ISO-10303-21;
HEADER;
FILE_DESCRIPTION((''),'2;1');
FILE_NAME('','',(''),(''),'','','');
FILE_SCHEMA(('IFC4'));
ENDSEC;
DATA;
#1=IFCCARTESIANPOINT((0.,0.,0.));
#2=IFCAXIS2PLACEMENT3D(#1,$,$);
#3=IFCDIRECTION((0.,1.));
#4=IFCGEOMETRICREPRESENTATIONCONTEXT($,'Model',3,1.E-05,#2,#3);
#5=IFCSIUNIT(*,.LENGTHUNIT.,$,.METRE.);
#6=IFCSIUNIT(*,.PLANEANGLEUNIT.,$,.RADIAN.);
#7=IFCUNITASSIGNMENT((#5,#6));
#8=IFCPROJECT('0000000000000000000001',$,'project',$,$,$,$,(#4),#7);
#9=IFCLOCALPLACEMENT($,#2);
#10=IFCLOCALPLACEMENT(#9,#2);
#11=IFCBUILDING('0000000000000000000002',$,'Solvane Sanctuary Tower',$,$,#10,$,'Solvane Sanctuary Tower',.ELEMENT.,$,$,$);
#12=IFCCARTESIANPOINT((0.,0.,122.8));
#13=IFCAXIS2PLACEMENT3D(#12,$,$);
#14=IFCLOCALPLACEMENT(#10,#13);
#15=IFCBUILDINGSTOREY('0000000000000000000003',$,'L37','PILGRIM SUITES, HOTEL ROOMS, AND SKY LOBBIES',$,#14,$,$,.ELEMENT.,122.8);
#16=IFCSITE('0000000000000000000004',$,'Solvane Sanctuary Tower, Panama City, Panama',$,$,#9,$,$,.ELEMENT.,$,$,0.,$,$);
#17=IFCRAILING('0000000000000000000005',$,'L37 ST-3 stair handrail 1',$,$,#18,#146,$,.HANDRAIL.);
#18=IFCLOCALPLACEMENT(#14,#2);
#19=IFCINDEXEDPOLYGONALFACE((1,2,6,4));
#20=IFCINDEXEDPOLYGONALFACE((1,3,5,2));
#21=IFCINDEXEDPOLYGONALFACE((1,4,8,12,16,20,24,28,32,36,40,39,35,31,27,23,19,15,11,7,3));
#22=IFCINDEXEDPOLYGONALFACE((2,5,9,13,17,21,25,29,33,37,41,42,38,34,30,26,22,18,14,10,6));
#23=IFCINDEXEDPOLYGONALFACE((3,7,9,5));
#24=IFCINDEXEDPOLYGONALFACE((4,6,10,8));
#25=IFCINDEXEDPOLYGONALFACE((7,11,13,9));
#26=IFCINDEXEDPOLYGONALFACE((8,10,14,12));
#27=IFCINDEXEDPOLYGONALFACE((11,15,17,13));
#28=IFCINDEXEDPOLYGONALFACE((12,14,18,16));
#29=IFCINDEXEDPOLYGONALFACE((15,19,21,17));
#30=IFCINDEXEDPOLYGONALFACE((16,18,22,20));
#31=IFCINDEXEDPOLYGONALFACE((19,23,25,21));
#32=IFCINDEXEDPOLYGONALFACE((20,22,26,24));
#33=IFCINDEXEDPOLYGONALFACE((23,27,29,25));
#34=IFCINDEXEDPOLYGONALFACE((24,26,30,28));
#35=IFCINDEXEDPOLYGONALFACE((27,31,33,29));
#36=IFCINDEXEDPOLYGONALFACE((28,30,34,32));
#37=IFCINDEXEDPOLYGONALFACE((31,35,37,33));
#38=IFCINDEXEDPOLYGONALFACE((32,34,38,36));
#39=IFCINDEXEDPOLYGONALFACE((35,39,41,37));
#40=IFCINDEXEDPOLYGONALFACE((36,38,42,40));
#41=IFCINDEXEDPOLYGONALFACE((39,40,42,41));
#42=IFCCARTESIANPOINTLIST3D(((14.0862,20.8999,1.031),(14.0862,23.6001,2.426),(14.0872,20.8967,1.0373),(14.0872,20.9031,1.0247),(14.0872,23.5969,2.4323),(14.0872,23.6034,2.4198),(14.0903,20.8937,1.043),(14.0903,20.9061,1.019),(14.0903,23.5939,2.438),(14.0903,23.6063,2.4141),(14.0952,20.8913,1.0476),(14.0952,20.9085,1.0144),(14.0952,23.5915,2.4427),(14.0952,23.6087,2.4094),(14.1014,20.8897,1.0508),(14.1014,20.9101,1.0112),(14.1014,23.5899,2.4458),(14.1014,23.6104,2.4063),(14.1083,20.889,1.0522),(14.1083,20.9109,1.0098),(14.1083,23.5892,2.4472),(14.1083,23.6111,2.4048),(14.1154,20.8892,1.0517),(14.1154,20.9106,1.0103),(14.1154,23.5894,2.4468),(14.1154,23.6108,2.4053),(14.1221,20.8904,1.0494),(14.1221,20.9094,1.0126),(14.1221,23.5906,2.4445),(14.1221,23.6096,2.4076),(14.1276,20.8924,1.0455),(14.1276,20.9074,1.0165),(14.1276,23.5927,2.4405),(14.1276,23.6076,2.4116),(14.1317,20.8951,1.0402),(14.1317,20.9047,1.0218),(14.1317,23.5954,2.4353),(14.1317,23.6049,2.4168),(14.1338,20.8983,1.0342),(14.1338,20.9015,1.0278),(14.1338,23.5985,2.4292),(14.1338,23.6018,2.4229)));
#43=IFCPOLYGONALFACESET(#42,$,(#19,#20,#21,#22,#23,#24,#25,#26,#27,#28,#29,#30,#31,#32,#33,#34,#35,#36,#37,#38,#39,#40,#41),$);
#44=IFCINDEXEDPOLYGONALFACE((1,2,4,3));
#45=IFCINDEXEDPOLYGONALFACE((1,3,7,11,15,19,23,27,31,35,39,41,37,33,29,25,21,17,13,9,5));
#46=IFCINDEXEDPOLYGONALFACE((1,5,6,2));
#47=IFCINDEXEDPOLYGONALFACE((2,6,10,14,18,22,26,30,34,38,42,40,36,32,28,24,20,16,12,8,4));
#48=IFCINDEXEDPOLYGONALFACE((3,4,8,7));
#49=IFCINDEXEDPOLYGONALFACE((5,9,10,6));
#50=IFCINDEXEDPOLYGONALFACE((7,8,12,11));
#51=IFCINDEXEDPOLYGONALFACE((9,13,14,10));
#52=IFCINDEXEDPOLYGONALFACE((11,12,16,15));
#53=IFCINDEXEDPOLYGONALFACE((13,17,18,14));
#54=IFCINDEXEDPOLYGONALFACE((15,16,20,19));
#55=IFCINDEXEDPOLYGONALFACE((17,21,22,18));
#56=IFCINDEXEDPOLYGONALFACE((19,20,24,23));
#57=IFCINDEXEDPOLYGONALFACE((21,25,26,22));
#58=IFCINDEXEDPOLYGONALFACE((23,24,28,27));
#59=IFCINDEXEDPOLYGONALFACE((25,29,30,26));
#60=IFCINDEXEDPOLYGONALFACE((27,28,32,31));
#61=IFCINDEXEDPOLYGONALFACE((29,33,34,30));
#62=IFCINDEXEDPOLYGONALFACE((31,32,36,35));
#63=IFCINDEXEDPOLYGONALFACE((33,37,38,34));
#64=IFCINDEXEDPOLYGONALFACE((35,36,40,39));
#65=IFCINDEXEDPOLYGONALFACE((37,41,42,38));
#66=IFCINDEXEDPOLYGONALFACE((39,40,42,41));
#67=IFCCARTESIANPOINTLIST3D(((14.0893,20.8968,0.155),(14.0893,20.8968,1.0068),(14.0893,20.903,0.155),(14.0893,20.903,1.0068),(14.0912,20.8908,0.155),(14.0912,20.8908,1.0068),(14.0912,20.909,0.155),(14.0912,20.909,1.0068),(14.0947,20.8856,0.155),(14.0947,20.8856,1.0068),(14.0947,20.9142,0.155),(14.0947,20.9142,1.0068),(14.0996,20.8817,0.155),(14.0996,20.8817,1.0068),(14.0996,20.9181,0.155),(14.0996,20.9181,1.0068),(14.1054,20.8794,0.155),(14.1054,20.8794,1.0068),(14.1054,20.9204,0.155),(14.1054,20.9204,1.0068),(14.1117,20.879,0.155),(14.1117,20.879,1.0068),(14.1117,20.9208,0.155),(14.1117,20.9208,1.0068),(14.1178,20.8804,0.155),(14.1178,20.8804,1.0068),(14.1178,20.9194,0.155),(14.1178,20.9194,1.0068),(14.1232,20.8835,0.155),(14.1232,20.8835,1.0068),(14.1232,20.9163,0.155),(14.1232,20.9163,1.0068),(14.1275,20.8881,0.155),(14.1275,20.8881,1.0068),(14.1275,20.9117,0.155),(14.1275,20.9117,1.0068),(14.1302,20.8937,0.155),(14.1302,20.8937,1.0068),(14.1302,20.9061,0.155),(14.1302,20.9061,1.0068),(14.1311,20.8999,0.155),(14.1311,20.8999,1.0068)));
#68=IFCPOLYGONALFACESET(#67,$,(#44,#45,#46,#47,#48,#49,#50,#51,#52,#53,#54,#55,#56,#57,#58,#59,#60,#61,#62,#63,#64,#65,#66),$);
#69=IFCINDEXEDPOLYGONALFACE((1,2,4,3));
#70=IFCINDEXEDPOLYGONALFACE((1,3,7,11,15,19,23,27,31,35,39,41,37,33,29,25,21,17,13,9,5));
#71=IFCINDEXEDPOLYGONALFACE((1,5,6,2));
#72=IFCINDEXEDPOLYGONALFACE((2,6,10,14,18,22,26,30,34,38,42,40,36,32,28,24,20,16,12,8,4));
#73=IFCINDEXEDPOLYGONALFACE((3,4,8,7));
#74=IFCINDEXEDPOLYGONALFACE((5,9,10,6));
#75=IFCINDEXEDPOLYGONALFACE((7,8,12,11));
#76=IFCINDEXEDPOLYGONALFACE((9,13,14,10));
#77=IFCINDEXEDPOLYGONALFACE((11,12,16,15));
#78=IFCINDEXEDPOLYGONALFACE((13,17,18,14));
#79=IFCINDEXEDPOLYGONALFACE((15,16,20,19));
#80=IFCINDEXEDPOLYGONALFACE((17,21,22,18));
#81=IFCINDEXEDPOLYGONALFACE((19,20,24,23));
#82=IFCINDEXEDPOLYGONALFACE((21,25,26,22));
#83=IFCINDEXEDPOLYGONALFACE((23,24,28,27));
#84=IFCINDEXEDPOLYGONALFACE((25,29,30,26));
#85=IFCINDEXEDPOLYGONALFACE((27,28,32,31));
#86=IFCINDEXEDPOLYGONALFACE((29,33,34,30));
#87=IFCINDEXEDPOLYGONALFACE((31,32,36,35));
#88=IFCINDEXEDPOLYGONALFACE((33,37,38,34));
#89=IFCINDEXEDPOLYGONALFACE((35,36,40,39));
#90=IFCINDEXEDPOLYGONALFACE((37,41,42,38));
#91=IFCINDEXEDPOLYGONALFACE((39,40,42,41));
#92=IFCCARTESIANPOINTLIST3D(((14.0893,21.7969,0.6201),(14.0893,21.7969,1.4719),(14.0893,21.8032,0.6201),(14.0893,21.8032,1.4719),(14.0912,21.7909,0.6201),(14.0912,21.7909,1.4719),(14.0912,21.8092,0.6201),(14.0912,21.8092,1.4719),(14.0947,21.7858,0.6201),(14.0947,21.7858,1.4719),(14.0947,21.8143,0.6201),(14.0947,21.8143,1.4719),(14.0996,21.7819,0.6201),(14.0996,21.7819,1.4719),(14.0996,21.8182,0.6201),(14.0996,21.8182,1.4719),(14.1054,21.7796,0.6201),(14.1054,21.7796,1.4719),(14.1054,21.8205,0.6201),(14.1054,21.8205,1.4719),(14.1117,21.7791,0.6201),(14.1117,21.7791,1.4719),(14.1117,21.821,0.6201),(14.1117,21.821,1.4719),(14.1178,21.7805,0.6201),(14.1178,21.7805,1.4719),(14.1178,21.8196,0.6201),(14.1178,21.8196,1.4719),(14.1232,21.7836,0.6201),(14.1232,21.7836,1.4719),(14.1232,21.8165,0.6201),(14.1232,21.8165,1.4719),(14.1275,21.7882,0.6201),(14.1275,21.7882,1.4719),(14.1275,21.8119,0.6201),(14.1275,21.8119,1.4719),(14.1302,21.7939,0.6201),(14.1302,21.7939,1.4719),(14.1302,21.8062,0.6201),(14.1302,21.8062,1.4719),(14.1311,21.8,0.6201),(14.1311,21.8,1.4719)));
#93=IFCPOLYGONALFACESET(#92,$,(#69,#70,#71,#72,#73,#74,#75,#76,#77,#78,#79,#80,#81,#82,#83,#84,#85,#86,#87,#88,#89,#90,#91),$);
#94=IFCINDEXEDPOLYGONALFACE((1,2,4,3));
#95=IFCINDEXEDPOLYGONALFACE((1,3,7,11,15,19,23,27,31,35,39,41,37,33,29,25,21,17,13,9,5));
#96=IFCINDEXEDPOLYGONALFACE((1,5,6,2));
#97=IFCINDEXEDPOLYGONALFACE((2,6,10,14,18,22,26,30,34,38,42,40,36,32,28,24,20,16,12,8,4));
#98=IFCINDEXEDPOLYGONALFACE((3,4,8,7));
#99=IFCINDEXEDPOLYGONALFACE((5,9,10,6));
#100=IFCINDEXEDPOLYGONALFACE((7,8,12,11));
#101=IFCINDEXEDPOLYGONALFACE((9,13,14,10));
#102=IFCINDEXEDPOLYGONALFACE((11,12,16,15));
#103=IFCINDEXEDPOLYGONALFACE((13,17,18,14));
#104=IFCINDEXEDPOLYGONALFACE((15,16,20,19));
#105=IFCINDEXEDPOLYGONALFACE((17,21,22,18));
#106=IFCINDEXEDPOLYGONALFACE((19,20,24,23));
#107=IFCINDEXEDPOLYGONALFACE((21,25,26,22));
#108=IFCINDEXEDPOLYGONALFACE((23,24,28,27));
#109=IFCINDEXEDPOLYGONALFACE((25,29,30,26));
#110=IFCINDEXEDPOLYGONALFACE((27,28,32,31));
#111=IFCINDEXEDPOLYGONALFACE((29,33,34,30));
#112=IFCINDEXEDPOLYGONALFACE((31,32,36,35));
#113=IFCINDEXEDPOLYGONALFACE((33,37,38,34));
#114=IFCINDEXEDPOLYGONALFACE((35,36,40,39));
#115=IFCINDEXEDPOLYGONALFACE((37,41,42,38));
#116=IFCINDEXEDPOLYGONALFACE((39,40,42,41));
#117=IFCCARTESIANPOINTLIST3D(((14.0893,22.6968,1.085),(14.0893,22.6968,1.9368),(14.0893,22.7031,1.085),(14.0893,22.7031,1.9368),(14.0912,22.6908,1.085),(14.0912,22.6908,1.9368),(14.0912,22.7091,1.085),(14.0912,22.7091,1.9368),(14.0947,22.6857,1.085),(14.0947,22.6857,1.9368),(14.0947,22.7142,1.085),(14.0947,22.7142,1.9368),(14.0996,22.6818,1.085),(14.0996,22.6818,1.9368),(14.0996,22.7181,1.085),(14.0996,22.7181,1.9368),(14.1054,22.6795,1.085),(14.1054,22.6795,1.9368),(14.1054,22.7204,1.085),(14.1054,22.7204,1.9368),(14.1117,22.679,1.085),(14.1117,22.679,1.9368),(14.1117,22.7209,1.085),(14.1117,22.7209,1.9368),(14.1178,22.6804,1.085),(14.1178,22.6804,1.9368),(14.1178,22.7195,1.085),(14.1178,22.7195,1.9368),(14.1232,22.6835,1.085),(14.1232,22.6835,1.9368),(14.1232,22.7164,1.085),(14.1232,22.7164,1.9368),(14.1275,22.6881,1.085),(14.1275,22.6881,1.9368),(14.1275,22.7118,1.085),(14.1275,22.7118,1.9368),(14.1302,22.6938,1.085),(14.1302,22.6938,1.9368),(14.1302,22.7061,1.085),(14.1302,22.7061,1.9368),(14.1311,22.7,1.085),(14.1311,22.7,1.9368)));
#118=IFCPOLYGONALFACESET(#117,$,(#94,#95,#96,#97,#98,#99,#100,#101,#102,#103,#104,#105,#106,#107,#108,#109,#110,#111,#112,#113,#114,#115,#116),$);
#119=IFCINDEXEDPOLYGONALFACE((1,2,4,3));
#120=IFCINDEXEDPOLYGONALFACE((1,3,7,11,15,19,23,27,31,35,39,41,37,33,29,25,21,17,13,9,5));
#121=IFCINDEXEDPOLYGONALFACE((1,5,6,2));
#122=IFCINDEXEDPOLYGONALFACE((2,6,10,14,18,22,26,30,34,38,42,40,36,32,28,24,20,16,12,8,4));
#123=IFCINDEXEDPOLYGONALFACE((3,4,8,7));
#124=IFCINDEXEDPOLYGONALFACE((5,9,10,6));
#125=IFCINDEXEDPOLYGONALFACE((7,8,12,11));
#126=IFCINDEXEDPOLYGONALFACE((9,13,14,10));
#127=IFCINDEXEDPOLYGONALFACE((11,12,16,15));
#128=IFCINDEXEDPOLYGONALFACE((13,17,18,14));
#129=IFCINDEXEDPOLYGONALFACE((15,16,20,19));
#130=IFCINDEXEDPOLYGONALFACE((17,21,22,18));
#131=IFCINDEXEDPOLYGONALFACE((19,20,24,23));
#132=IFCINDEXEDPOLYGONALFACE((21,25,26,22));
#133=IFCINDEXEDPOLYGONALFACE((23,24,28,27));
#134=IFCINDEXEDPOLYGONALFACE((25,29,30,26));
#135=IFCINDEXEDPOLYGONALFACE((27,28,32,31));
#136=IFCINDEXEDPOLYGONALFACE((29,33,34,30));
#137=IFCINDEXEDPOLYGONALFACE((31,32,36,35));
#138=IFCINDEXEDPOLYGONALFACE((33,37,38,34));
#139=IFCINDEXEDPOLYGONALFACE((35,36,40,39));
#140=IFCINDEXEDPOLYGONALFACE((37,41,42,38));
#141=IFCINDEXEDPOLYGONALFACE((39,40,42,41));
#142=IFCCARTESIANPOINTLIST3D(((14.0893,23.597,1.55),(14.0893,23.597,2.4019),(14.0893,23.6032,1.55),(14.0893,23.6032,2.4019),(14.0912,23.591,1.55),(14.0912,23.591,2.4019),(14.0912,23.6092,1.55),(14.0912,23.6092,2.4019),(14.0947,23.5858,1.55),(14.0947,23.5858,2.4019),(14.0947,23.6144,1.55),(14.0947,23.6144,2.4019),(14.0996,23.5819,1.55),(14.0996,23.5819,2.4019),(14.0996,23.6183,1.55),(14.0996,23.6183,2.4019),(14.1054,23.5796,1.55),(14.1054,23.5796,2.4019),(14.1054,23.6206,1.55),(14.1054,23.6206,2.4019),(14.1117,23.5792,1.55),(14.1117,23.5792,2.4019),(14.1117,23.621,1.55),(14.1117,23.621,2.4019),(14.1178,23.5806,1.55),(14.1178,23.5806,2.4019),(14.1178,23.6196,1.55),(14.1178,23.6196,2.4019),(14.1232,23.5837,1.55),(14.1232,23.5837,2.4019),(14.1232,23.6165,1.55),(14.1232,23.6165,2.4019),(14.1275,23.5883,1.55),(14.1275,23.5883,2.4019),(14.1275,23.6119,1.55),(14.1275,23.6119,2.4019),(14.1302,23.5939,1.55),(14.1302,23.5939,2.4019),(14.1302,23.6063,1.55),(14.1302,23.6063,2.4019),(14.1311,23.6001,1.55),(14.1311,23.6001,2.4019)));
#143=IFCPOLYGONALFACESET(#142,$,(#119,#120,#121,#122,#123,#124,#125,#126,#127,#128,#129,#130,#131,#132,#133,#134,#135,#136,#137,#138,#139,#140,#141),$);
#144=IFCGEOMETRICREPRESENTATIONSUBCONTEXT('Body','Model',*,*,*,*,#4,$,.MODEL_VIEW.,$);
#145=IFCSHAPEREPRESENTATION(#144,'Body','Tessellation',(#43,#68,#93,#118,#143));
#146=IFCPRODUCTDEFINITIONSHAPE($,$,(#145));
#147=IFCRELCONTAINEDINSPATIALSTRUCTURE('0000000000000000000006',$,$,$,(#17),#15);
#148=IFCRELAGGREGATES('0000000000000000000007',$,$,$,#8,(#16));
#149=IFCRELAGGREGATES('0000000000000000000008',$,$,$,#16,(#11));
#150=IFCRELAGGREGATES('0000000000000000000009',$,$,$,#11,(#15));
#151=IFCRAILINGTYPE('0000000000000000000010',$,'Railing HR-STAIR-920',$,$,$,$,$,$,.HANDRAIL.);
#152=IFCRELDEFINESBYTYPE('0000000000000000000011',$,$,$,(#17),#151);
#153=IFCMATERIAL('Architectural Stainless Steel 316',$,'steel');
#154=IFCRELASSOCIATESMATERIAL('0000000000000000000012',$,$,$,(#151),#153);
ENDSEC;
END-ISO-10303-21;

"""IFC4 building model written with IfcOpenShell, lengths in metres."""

from ifc_helpers import new_model, si_unit, direction, frame, origin, origin_2d, place, context, subcontext, project, spatial, circle, extrude, material, type_object, element, save


model = new_model("IFC4")

# Units and contexts
model_context = context("Model", 3, precision=1e-05, world=origin(), true_north=direction((0.0, 1.0)))
body_context = subcontext(model_context, "Body", "Model", "MODEL_VIEW")
ifc_project = project(units=[si_unit("LENGTHUNIT", "METRE"), si_unit("PLANEANGLEUNIT", "RADIAN")], contexts=[model_context])

# Site, building, storey
site_placement = place(None, origin())
site = spatial("IfcSite", under=ifc_project, at=site_placement, Name="Solvane Sanctuary Tower, Panama City, Panama", CompositionType="ELEMENT", RefElevation=0.0)
building_placement = place(site_placement, origin())
building = spatial("IfcBuilding", under=site, at=building_placement, Name="Solvane Sanctuary Tower", LongName="Solvane Sanctuary Tower", CompositionType="ELEMENT")
storey_placement = place(building_placement, frame((0.0, 0.0, 122.8)))
storey = spatial("IfcBuildingStorey", under=building, at=storey_placement, Name="L37", Description="PILGRIM SUITES, HOTEL ROOMS, AND SKY LOBBIES", CompositionType="ELEMENT", Elevation=122.8)

# Shared definitions
ifc_material_1 = material(Name="Architectural Stainless Steel 316", Category="steel")

# Railing
railing_type_1 = type_object("IfcRailingType", Name="Railing HR-STAIR-920", PredefinedType="HANDRAIL", material=ifc_material_1)
railing_1_placement = place(storey_placement, frame((14.1101, 20.8999, 0.155)))
element("IfcRailing", 1, at=railing_1_placement, inside=storey, type_object=railing_type_1, Name="L37 ST-3 stair handrail 1", PredefinedType="HANDRAIL", context=body_context, shape_type="SweptSolid", body=[
    extrude(circle(Radius=0.0239, at=origin_2d()), frame((0.0, 0.0, 0.876), z_axis=(0.0, 0.888437, 0.458999), x_axis=(-1.0, 0.0, 0.0)), (0.0, 0.0, 1.0), 3.0393),
    extrude(circle(Radius=0.021, at=origin_2d()), origin(), (0.0, 0.0, 1.0), 0.8518),
    extrude(circle(Radius=0.021, at=origin_2d()), frame((0.0, 0.9001, 0.4651)), (0.0, 0.0, 1.0), 0.8518),
    extrude(circle(Radius=0.021, at=origin_2d()), frame((0.0, 1.8, 0.9299)), (0.0, 0.0, 1.0), 0.8518),
    extrude(circle(Radius=0.021, at=origin_2d()), frame((0.0, 2.7002, 1.395)), (0.0, 0.0, 1.0), 0.8518),
])

save(model, "model.ifc")
